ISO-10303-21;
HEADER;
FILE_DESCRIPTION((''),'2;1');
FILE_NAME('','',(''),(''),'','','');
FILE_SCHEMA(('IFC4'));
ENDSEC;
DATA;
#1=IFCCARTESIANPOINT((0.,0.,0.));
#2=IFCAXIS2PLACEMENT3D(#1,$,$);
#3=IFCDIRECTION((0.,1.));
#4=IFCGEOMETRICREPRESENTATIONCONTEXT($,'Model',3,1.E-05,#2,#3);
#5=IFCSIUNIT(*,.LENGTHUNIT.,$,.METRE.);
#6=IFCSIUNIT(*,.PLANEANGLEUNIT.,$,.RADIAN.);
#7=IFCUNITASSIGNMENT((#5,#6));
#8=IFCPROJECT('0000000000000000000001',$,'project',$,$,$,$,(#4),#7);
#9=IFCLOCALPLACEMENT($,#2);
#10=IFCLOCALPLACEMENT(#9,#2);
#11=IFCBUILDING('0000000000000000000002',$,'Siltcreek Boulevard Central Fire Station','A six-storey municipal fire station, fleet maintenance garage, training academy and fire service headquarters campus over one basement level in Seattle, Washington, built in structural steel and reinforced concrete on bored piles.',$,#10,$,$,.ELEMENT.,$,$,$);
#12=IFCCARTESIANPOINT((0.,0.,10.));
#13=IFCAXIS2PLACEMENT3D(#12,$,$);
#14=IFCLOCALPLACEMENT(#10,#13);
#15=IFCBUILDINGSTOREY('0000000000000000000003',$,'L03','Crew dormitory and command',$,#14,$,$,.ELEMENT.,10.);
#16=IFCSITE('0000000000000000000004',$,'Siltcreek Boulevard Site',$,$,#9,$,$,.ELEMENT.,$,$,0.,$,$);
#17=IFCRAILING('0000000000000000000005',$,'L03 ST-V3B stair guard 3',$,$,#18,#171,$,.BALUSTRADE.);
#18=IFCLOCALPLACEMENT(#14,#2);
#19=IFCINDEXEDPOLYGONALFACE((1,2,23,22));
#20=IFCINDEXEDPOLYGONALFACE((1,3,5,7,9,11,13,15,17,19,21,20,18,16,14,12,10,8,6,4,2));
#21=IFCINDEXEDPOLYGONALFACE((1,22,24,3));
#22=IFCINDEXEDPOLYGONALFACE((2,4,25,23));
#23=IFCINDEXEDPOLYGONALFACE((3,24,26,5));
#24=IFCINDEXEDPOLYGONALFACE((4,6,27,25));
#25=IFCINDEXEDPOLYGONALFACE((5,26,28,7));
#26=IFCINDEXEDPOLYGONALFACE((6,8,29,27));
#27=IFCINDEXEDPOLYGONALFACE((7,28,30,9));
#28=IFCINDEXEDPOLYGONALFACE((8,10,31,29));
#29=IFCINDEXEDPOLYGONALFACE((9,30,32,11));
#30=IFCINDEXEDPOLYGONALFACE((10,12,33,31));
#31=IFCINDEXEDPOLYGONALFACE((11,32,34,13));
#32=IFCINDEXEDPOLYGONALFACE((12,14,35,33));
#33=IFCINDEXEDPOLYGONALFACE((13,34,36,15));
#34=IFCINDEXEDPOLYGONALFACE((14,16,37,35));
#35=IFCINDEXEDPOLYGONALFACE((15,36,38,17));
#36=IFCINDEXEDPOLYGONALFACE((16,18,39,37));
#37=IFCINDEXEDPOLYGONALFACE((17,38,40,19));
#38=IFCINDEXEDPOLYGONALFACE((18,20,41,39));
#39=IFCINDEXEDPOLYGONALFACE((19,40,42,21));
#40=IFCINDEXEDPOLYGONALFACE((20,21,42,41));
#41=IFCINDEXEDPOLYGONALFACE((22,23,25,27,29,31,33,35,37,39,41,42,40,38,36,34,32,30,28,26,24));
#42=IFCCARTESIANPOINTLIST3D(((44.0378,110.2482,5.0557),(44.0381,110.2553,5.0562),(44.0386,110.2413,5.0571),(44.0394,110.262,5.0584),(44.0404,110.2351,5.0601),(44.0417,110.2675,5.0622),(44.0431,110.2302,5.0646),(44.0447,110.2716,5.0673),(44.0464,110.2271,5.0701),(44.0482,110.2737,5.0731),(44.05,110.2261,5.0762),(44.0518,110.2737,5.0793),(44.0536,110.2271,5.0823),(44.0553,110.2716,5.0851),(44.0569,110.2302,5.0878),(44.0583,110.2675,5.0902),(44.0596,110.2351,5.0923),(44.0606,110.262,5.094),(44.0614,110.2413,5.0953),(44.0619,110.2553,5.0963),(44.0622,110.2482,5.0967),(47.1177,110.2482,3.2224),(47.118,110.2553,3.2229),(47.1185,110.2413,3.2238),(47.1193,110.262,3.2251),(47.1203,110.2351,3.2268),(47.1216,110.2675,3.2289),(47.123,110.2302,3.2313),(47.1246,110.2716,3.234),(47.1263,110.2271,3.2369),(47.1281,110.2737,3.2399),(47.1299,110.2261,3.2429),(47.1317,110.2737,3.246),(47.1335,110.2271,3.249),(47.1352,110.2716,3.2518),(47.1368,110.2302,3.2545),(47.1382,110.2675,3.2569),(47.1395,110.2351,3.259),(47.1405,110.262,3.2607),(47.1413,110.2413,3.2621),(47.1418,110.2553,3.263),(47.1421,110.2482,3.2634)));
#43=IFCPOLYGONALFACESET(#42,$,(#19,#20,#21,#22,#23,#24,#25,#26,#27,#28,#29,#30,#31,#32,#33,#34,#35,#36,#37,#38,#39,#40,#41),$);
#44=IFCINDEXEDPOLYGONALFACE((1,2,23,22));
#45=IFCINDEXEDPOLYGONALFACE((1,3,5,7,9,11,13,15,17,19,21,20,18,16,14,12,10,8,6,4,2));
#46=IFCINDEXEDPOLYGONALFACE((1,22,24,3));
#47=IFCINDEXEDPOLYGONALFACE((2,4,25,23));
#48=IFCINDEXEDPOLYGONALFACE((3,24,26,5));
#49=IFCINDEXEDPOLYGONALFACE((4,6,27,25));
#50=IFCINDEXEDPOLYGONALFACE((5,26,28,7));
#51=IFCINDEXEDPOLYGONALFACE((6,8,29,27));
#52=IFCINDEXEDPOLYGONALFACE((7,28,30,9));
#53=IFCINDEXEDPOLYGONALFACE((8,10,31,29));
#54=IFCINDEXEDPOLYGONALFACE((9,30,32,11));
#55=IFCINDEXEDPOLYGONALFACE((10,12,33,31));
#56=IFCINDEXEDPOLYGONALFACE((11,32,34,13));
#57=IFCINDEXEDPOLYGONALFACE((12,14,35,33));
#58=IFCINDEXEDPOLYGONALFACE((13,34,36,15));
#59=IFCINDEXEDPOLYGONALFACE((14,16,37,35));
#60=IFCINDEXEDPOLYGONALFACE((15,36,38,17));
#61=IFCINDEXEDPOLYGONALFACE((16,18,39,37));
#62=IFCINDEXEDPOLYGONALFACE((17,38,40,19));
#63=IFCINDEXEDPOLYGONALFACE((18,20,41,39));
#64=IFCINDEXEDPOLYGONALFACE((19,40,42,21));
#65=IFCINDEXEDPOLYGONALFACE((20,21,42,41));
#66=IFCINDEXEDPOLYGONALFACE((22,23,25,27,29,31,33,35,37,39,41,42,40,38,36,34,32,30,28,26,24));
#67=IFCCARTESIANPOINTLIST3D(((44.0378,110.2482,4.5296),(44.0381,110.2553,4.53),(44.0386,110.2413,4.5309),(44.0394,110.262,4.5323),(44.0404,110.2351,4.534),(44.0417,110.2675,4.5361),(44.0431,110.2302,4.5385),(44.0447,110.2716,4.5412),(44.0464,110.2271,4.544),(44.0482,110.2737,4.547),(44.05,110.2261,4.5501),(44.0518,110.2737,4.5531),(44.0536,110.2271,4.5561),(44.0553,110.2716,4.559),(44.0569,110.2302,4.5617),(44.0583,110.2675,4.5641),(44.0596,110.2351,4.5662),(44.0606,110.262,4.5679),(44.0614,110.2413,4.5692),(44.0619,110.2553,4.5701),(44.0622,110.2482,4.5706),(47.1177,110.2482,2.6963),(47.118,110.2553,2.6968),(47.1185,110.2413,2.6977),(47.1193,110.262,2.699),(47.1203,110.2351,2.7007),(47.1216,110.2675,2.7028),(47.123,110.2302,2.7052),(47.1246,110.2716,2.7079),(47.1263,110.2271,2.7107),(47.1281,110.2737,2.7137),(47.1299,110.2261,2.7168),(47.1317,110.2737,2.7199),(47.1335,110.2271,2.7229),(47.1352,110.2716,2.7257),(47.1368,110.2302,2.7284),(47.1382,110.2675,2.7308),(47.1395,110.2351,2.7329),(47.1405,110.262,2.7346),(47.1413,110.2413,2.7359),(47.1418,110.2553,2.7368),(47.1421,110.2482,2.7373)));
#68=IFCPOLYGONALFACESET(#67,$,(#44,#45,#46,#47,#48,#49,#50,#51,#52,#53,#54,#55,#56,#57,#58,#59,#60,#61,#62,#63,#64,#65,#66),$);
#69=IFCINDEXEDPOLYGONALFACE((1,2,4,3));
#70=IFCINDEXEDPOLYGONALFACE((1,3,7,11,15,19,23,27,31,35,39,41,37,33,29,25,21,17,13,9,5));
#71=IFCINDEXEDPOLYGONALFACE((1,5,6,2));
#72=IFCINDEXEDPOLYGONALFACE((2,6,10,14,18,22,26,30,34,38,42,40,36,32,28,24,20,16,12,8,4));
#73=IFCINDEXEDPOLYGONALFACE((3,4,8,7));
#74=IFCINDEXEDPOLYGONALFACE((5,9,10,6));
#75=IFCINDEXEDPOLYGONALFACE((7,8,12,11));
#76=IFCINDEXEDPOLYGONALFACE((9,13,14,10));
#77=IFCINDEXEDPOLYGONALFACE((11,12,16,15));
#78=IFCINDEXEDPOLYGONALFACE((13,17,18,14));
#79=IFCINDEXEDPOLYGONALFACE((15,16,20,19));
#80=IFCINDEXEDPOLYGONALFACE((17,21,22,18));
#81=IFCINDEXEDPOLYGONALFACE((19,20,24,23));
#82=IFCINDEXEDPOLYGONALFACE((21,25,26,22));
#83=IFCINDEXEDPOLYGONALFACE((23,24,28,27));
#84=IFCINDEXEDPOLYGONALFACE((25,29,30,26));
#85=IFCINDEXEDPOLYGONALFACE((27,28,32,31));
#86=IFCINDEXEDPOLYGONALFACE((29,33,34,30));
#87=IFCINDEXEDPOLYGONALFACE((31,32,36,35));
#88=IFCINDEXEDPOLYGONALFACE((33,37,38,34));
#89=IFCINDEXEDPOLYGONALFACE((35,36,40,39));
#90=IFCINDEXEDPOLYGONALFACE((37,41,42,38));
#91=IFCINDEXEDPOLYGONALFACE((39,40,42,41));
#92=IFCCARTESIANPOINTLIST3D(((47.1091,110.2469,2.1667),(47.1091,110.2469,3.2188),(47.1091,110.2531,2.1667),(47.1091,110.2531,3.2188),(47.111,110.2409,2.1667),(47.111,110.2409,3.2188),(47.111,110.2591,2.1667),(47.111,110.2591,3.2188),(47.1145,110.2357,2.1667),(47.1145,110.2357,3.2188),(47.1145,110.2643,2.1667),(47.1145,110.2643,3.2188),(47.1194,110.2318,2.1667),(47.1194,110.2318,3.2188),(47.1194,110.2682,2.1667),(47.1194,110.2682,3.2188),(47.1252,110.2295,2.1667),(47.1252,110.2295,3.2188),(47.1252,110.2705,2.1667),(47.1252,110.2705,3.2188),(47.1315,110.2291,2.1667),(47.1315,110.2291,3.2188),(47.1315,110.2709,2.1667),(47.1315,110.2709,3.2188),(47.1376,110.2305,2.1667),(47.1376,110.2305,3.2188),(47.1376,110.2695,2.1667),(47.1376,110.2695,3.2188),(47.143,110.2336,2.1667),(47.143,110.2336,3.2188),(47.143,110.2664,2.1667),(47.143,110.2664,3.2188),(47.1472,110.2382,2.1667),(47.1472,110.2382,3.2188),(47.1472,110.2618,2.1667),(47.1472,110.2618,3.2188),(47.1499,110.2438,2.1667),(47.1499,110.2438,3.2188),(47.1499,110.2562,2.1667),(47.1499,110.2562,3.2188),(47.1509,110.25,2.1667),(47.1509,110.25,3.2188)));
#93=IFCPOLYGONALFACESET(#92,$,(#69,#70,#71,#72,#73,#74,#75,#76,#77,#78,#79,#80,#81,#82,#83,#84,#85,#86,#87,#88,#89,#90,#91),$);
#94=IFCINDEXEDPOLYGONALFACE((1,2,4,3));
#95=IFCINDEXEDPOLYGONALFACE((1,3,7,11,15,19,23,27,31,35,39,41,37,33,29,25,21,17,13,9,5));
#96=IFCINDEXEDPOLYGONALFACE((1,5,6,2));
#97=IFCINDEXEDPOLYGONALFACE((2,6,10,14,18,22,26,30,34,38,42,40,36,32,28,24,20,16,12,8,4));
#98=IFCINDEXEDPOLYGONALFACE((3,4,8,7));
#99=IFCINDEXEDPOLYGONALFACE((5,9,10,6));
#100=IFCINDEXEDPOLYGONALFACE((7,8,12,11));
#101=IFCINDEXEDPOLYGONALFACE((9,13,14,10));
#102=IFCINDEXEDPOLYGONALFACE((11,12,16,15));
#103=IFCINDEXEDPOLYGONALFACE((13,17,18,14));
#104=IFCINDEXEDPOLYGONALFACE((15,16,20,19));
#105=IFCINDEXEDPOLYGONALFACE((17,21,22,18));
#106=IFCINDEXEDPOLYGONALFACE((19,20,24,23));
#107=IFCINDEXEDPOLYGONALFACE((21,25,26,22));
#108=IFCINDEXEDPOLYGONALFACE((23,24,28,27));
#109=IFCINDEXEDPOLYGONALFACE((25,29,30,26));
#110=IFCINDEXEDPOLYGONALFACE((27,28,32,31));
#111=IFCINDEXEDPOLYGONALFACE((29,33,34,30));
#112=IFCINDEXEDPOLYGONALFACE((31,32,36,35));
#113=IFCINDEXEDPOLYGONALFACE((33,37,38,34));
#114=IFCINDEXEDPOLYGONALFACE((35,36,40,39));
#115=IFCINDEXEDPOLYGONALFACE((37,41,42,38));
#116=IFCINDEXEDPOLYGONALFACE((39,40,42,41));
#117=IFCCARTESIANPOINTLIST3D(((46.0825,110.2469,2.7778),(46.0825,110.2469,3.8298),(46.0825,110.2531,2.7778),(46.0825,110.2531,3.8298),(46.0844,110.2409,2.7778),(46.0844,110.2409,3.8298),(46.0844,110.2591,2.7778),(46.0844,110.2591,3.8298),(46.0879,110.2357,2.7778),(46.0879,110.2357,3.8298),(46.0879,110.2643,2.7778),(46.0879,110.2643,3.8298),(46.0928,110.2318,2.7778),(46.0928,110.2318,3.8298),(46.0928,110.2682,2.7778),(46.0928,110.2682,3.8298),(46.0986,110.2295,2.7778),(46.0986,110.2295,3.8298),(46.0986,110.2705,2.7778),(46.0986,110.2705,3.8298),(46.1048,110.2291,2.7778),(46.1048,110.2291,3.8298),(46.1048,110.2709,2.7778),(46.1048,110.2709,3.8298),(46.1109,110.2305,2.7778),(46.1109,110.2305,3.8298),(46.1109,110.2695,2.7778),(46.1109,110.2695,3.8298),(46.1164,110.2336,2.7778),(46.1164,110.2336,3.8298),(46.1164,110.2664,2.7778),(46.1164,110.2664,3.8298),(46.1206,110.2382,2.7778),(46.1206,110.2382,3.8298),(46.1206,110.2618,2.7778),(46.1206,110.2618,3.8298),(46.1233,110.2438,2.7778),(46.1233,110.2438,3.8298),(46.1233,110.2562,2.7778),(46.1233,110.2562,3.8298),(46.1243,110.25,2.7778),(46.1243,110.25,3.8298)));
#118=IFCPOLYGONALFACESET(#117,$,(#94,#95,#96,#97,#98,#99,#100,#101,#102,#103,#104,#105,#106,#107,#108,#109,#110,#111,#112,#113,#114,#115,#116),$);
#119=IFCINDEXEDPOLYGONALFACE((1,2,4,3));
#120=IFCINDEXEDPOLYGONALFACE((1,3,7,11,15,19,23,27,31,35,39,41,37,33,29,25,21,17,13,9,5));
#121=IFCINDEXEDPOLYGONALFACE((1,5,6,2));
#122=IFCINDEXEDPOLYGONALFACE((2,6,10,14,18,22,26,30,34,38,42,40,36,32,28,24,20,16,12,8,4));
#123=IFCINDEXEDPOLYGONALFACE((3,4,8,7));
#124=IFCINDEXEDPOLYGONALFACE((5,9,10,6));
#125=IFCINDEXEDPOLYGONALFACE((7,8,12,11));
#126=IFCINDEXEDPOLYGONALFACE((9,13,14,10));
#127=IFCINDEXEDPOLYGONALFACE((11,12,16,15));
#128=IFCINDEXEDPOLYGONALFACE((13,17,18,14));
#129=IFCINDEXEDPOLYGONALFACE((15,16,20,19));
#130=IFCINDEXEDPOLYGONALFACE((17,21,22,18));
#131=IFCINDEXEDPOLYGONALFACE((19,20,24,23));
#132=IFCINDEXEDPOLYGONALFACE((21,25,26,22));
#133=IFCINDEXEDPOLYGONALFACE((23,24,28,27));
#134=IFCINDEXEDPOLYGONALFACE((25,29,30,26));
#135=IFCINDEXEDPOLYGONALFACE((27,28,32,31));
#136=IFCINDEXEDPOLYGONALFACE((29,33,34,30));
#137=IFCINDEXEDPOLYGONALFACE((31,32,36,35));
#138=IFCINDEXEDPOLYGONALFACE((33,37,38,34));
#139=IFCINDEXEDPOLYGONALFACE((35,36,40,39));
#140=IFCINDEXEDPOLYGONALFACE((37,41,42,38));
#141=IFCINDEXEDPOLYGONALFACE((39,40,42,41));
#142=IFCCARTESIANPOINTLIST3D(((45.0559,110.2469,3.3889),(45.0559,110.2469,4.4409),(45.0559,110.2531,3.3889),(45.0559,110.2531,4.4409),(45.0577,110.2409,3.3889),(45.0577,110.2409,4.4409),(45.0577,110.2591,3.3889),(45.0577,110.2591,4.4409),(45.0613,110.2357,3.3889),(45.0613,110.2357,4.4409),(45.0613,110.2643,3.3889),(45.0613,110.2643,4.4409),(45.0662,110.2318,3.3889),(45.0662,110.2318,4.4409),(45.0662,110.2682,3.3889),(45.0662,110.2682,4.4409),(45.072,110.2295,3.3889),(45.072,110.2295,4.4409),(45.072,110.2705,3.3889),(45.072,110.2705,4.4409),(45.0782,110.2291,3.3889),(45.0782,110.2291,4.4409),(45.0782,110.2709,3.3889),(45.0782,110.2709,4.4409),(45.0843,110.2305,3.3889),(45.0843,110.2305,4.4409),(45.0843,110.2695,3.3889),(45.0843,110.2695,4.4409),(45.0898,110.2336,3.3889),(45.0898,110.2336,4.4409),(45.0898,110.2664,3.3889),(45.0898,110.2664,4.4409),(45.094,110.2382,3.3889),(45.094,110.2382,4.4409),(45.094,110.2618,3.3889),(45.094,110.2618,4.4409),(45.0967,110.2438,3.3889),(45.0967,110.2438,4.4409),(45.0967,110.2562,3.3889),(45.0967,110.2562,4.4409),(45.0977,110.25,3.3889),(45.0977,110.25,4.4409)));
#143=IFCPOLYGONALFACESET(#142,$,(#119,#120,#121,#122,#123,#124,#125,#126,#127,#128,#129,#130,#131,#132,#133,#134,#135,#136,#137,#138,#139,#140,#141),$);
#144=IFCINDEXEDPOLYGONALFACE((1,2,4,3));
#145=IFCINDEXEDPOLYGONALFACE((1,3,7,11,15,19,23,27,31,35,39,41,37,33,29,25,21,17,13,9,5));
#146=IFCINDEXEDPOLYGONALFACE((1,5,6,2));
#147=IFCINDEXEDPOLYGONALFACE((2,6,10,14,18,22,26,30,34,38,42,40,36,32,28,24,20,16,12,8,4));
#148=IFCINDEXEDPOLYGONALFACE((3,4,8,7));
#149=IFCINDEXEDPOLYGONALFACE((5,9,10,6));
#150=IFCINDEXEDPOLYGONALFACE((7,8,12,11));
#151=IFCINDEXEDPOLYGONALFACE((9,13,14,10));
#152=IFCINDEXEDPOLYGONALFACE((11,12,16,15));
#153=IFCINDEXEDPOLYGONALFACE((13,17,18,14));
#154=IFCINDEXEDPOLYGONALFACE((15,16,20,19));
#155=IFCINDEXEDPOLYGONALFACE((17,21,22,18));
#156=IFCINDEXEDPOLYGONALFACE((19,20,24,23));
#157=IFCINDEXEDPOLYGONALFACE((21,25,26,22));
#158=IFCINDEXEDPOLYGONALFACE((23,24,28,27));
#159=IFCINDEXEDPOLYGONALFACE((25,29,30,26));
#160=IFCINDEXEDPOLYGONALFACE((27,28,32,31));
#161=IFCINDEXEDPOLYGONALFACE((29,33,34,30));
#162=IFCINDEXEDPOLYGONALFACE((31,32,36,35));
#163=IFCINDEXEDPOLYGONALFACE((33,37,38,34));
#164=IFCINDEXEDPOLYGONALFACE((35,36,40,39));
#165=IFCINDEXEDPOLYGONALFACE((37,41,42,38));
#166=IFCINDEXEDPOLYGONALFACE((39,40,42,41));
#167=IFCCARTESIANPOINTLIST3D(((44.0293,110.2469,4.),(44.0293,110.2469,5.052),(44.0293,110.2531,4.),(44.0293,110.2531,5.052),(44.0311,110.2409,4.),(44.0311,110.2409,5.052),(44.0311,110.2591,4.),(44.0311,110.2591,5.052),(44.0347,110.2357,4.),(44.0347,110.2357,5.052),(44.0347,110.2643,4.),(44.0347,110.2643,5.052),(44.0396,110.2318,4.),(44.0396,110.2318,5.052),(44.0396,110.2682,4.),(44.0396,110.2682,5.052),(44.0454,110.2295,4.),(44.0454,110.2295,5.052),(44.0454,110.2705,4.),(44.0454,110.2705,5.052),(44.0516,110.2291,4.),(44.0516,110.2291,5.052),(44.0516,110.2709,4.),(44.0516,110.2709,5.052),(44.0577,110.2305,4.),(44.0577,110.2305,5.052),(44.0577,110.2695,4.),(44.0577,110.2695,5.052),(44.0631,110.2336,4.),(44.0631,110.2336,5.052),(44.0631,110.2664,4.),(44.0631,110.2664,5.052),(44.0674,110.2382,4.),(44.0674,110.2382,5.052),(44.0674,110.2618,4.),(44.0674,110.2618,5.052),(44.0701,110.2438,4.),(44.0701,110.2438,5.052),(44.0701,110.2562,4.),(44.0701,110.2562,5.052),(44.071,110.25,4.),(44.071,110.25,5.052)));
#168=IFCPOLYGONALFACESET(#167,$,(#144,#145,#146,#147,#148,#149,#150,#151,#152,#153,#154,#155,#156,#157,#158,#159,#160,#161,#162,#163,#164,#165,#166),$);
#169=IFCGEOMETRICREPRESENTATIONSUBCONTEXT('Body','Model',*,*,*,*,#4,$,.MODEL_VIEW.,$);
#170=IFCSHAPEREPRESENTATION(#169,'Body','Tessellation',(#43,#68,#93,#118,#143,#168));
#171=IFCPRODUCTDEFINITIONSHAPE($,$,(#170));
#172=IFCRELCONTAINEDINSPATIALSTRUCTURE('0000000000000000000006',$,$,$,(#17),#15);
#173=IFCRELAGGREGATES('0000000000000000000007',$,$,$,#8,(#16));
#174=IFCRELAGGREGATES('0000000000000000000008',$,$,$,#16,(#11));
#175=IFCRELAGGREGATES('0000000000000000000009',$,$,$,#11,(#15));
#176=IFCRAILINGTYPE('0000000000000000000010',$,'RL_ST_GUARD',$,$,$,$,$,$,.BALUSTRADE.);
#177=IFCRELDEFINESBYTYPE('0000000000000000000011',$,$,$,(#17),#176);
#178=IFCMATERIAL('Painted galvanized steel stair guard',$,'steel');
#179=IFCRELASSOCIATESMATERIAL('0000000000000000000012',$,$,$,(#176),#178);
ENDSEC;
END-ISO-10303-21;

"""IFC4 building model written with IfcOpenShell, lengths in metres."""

from ifc_helpers import new_model, si_unit, direction, frame, origin, origin_2d, place, context, subcontext, project, spatial, circle, extrude, material, type_object, element, save


model = new_model("IFC4")

# Units and contexts
model_context = context("Model", 3, precision=1e-05, world=origin(), true_north=direction((0.0, 1.0)))
body_context = subcontext(model_context, "Body", "Model", "MODEL_VIEW")
ifc_project = project(units=[si_unit("LENGTHUNIT", "METRE"), si_unit("PLANEANGLEUNIT", "RADIAN")], contexts=[model_context])

# Site, building, storey
site_placement = place(None, origin())
site = spatial("IfcSite", under=ifc_project, at=site_placement, Name="Siltcreek Boulevard Site", CompositionType="ELEMENT", RefElevation=0.0)
building_placement = place(site_placement, origin())
building = spatial("IfcBuilding", under=site, at=building_placement, Name="Siltcreek Boulevard Central Fire Station", Description="A six-storey municipal fire station, fleet maintenance garage, training academy and fire service headquarters campus over one basement level in Seattle, Washington, built in structural steel and reinforced concrete on bored piles.", CompositionType="ELEMENT")
storey_placement = place(building_placement, frame((0.0, 0.0, 10.0)))
storey = spatial("IfcBuildingStorey", under=building, at=storey_placement, Name="L03", Description="Crew dormitory and command", CompositionType="ELEMENT", Elevation=10.0)

# Railing
ifc_material_1 = material(Name="Painted galvanized steel stair guard", Category="steel")
railing_type_1 = type_object("IfcRailingType", Name="RL_ST_GUARD", PredefinedType="BALUSTRADE", material=ifc_material_1)
railing_1_placement = place(storey_placement, frame((47.1299, 110.25, 2.1667)))
element("IfcRailing", 1, at=railing_1_placement, inside=storey, type_object=railing_type_1, Name="L03 ST-V3B stair guard 3", PredefinedType="BALUSTRADE", context=body_context, shape_type="SweptSolid", body=[
    extrude(circle(Radius=0.0239, at=origin_2d()), frame((0.0, 0.0, 1.0762), z_axis=(-0.859291, 0.0, 0.511487), x_axis=(0.0, -1.0, 0.0)), (0.0, 0.0, 1.0), 3.5842),
    extrude(circle(Radius=0.0239, at=origin_2d()), frame((0.0, 0.0, 0.55), z_axis=(-0.859291, 0.0, 0.511487), x_axis=(0.0, -1.0, 0.0)), (0.0, 0.0, 1.0), 3.5842),
    extrude(circle(Radius=0.021, at=origin_2d()), origin(), (0.0, 0.0, 1.0), 1.052),
    extrude(circle(Radius=0.021, at=origin_2d()), frame((-1.0266, 0.0, 0.6111)), (0.0, 0.0, 1.0), 1.052),
    extrude(circle(Radius=0.021, at=origin_2d()), frame((-2.0532, 0.0, 1.2222)), (0.0, 0.0, 1.0), 1.052),
    extrude(circle(Radius=0.021, at=origin_2d()), frame((-3.0798, 0.0, 1.8333)), (0.0, 0.0, 1.0), 1.052),
])

save(model, "model.ifc")
